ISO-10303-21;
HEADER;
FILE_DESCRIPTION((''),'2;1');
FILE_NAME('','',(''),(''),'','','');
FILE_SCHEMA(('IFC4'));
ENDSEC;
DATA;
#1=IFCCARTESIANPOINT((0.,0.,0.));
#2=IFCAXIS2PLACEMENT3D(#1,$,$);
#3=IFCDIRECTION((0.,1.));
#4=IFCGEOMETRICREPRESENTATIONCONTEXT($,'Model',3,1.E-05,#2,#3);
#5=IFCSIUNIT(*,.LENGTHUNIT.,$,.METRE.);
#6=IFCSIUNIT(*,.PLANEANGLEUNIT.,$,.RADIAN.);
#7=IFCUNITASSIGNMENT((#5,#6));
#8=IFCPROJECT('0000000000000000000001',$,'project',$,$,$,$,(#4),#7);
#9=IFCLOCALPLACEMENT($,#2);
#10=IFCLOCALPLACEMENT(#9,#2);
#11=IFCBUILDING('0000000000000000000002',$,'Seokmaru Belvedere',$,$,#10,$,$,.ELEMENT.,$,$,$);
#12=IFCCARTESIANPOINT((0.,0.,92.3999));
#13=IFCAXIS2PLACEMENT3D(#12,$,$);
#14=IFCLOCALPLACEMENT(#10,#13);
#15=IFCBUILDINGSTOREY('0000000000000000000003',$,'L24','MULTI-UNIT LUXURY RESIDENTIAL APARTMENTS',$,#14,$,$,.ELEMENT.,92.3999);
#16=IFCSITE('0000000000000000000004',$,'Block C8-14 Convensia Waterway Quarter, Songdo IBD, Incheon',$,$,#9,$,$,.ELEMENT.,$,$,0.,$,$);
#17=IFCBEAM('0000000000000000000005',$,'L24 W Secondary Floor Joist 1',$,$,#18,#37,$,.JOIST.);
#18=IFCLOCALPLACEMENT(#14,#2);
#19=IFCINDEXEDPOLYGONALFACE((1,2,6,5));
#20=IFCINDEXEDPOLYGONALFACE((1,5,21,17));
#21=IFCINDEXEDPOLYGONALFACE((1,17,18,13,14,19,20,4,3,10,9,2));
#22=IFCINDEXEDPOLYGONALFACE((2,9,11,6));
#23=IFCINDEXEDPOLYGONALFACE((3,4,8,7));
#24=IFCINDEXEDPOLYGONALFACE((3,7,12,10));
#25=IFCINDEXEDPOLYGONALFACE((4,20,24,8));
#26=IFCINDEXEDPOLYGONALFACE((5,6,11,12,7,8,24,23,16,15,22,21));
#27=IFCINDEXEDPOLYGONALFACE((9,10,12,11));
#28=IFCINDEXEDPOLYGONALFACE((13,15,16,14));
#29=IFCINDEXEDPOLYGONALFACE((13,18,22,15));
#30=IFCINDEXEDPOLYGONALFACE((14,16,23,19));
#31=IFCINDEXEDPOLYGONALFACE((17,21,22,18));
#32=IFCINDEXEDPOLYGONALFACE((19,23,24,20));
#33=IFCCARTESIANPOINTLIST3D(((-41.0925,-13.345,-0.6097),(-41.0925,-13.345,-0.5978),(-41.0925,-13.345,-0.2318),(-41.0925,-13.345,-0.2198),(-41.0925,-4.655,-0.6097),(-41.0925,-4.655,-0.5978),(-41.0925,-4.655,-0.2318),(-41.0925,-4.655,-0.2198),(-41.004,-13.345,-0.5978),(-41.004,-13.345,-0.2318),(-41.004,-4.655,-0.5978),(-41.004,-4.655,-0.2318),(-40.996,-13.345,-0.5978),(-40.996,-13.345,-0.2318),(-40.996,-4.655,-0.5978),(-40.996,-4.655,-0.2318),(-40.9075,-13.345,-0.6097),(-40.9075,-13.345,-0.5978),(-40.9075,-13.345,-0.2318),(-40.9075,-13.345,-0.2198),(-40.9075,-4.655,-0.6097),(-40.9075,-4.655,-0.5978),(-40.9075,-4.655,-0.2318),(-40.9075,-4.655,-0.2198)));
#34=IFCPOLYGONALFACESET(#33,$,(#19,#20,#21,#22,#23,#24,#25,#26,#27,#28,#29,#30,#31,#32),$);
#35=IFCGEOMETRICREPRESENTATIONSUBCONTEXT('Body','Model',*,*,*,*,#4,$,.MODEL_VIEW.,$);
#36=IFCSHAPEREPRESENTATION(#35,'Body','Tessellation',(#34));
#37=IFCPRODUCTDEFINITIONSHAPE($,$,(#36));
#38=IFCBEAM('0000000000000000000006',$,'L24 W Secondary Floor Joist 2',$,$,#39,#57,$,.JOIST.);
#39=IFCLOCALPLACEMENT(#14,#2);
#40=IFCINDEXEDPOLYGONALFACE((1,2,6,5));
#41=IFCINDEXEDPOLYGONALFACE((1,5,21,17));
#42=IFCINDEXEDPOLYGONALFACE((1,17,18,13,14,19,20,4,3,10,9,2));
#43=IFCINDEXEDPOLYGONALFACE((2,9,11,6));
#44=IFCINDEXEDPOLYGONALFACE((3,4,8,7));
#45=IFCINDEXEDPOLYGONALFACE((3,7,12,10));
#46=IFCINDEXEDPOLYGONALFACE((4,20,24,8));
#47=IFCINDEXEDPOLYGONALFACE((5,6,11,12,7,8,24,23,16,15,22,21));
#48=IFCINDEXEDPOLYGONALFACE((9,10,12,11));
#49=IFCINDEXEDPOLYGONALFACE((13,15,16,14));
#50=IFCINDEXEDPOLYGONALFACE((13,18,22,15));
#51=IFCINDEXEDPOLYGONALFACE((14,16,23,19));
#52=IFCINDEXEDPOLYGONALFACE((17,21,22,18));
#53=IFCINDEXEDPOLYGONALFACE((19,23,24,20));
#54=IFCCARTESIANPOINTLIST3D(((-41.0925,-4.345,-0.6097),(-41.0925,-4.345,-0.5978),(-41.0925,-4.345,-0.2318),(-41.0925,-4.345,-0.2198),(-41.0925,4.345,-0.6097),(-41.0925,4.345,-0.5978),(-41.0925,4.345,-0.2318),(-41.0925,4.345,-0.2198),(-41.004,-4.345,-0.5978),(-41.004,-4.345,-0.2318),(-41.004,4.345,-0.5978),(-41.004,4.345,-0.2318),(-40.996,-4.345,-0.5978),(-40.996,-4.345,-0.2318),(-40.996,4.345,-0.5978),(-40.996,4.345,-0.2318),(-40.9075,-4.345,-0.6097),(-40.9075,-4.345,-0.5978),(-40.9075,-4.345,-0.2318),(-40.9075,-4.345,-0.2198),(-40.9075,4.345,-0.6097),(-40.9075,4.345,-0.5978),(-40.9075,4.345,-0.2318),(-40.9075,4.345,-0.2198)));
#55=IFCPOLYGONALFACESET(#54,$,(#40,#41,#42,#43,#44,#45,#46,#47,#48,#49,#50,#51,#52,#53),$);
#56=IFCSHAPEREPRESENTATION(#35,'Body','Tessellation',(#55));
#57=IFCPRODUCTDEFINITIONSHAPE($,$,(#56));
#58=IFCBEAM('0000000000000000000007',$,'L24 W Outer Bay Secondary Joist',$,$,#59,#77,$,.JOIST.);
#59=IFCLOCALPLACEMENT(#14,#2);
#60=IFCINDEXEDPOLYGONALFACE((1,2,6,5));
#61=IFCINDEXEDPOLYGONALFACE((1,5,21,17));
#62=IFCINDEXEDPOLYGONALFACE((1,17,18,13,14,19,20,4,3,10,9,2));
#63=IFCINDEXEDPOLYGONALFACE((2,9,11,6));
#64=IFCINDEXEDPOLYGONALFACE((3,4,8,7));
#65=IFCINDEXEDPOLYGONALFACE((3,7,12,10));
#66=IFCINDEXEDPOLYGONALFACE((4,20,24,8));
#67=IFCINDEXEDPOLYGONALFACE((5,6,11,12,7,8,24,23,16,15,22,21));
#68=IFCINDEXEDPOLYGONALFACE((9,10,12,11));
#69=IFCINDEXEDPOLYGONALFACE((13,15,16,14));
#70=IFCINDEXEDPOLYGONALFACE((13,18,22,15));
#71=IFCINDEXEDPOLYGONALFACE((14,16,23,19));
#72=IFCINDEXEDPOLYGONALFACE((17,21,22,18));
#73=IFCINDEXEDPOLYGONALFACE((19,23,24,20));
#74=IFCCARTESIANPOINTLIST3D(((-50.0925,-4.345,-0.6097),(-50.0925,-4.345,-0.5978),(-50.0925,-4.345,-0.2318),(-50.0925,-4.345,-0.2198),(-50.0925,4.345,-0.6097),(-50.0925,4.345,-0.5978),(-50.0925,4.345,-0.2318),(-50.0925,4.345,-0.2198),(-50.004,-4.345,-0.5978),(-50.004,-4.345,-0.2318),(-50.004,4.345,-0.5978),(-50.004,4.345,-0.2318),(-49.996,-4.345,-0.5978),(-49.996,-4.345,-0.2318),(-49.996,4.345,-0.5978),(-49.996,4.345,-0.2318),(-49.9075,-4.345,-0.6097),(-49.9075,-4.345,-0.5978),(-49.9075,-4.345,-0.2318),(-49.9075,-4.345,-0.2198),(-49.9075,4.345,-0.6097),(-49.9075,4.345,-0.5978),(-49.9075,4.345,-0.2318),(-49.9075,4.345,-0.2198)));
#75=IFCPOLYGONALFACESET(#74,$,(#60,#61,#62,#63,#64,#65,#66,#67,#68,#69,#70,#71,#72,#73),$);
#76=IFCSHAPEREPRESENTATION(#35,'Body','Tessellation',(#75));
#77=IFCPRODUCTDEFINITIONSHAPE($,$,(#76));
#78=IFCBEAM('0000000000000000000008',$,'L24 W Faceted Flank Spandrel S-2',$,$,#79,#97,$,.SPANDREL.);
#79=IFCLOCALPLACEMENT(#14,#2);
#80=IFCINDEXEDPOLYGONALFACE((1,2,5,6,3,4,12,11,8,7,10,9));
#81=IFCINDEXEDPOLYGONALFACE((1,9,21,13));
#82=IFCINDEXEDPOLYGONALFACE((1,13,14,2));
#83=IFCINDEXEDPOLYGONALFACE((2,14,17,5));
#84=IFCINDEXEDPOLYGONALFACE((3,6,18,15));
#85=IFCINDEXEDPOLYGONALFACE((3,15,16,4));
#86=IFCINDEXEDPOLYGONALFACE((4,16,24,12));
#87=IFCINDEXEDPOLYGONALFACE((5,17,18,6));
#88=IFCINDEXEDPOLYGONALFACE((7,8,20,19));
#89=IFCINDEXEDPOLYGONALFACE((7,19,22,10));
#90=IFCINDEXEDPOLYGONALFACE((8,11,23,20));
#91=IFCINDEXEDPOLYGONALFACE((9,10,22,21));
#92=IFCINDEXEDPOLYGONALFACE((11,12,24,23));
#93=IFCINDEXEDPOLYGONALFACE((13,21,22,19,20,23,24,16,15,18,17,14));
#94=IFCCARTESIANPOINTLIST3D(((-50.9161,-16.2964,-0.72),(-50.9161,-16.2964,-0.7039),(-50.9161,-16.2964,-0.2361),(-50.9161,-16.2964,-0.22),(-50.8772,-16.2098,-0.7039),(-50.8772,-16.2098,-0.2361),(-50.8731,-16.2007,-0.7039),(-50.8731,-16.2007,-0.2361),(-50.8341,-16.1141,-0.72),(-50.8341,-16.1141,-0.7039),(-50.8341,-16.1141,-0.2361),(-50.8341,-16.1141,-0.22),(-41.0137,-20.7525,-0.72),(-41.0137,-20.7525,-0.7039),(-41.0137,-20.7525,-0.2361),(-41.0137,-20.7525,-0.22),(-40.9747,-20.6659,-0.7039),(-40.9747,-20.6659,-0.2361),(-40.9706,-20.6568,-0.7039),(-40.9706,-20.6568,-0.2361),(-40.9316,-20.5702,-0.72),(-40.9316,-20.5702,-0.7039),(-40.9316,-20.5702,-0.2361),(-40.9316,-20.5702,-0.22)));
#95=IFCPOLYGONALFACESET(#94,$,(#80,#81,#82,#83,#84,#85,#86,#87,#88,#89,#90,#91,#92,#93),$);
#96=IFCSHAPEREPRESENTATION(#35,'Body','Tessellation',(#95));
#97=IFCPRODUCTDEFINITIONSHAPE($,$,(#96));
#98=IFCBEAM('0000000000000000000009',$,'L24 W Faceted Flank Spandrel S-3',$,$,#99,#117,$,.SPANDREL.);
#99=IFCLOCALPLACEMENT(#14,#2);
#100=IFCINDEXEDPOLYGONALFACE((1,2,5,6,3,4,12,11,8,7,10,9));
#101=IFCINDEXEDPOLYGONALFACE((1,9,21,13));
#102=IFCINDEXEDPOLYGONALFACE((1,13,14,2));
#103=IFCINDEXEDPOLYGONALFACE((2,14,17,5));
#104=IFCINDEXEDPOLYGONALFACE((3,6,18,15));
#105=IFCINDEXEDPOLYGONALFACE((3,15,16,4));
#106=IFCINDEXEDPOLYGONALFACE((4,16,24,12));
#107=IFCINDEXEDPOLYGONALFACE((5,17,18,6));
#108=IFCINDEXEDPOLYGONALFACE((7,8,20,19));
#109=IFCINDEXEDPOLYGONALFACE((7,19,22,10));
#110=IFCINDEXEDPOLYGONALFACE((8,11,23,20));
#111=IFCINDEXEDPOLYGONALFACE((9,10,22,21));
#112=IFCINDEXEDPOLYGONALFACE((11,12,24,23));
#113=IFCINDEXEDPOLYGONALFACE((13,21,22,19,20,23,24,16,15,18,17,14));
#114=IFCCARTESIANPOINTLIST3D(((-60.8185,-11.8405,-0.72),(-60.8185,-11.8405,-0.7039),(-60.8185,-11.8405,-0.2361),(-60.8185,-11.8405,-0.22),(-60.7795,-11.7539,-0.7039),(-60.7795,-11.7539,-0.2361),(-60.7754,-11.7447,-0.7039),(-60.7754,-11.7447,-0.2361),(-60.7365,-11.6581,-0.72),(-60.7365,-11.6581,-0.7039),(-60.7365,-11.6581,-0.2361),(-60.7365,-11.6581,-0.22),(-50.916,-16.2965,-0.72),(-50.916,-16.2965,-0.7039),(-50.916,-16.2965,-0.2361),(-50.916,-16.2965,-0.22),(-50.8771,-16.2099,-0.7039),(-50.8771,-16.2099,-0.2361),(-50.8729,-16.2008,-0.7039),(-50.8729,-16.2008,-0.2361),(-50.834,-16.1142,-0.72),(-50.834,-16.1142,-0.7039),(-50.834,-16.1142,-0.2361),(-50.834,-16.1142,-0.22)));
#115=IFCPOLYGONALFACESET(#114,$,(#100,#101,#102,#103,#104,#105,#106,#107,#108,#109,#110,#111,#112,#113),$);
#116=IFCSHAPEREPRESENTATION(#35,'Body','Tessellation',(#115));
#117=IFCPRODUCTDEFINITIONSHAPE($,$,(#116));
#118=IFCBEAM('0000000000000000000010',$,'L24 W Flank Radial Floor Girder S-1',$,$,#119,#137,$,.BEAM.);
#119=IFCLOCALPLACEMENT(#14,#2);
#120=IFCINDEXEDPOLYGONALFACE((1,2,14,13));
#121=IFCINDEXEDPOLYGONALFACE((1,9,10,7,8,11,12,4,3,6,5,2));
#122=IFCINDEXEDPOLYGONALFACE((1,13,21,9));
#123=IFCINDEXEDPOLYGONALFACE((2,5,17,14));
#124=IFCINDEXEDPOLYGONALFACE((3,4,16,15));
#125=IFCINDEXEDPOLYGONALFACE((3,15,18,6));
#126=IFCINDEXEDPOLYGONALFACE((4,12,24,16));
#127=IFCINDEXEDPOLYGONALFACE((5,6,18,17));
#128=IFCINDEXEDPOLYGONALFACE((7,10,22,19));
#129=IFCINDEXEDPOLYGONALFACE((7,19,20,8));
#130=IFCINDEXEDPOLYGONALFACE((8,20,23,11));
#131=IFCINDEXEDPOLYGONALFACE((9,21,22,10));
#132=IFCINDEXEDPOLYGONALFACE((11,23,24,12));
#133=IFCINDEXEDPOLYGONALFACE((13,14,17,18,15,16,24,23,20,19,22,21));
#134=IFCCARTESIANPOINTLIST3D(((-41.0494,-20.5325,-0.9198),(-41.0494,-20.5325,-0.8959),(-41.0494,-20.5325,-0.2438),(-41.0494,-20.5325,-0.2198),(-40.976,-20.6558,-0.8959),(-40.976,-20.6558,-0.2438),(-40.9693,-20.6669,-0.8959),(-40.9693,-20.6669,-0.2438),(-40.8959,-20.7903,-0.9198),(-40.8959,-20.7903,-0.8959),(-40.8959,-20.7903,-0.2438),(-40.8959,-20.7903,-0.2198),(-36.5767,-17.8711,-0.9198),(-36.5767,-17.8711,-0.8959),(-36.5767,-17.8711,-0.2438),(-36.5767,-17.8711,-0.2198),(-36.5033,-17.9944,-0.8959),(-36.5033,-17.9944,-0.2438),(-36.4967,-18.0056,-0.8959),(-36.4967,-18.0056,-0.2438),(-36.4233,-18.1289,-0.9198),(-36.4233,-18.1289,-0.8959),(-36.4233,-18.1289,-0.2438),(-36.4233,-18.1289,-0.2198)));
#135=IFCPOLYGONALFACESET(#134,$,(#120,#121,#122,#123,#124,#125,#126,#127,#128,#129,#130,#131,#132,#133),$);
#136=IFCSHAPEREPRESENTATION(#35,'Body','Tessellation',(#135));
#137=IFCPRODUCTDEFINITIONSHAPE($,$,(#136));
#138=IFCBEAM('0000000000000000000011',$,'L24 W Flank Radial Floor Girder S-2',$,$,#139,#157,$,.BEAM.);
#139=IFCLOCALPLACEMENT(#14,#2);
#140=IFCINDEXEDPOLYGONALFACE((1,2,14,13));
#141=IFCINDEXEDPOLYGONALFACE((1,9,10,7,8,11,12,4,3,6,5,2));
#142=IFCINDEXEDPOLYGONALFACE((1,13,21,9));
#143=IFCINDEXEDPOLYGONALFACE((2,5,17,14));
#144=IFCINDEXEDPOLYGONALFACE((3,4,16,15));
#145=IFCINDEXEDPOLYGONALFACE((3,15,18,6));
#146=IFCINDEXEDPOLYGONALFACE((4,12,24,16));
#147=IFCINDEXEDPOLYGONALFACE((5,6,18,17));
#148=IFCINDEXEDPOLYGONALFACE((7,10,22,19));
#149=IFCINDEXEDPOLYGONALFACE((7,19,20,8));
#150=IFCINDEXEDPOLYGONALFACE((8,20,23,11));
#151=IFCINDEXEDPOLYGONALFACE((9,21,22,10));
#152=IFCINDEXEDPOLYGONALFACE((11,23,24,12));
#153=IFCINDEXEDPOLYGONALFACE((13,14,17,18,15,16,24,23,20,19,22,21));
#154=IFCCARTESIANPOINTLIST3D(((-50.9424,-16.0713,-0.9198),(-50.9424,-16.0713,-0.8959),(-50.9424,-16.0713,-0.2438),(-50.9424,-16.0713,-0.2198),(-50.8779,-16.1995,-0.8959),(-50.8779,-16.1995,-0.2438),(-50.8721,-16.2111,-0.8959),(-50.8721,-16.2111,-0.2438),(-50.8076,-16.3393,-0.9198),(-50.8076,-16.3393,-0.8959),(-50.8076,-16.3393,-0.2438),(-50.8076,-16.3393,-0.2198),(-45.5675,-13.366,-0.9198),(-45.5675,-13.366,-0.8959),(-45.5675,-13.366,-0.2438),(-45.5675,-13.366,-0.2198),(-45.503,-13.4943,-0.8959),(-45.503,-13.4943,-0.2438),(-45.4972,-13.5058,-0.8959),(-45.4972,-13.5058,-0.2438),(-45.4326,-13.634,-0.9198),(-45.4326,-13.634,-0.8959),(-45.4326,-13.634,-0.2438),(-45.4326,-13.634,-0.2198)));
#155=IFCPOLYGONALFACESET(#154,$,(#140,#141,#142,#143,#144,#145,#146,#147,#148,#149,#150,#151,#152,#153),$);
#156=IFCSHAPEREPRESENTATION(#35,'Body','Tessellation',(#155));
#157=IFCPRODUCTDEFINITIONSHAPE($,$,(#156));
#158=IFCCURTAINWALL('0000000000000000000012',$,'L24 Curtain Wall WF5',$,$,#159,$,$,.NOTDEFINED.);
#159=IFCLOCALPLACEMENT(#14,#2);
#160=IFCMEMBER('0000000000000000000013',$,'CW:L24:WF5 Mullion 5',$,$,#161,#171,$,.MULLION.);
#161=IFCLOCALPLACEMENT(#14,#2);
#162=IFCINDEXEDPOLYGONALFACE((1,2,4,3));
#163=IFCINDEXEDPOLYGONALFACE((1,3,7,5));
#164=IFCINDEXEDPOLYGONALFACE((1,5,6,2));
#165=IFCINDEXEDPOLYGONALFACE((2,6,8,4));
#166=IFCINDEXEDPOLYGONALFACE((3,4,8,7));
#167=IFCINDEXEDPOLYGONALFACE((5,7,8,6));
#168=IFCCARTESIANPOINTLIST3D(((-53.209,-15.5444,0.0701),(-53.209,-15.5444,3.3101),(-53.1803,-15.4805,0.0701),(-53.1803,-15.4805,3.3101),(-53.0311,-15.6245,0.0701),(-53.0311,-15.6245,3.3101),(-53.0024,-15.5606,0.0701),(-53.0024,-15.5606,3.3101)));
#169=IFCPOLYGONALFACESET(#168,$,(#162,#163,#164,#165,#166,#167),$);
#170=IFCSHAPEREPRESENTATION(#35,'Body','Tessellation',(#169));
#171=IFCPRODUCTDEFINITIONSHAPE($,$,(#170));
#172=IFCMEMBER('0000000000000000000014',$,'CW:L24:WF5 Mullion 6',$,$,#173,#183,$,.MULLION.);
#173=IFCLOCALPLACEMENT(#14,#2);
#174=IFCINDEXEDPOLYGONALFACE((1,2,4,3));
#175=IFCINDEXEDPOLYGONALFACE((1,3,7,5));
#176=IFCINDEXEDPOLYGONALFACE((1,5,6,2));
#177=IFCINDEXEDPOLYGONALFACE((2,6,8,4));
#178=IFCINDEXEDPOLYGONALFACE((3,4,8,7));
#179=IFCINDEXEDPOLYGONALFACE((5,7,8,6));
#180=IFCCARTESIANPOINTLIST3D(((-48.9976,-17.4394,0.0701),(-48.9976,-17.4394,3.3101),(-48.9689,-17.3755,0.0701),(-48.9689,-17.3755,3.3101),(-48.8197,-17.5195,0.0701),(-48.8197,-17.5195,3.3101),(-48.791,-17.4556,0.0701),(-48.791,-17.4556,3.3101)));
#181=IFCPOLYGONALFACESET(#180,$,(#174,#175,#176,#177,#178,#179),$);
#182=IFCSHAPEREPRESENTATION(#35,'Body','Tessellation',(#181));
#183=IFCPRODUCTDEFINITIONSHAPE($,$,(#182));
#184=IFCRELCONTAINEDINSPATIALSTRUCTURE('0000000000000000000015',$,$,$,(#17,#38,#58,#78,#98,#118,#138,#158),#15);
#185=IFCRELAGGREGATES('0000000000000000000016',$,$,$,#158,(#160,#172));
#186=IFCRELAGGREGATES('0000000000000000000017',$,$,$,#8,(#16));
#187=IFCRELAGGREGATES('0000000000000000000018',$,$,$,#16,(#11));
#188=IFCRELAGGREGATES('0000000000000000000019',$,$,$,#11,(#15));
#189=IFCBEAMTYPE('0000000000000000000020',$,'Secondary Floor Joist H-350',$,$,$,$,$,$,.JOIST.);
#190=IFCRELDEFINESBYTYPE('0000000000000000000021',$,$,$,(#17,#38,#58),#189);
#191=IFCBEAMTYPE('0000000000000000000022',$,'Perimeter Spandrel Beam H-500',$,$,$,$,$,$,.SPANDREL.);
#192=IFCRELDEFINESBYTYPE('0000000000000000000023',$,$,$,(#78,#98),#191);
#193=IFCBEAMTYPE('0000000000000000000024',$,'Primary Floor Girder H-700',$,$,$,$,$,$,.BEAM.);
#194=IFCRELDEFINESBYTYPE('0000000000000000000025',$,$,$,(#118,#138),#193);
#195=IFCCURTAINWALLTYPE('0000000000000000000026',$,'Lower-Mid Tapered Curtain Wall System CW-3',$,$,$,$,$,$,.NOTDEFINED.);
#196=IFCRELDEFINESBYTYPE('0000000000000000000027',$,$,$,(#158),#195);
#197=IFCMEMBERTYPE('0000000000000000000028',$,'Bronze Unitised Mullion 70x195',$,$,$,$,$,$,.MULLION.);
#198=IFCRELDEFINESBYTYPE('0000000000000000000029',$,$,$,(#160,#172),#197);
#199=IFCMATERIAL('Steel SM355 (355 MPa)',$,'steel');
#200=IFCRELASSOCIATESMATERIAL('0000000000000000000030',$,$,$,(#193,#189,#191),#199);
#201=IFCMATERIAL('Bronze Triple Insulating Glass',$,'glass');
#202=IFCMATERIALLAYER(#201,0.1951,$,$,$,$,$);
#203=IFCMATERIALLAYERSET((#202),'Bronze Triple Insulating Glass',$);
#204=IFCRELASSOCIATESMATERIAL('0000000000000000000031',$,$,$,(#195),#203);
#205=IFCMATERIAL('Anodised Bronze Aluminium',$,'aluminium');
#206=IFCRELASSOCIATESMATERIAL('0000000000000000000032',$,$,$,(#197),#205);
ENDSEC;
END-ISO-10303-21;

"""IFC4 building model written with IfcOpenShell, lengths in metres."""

from ifc_helpers import new_model, si_unit, direction, frame, origin, origin_2d, place, context, subcontext, project, spatial, rectangle, i_section, extrude, source, transform, mapped, material, layer, layer_set, material_profile, profile_set, type_object, type_shapes, element, aggregate, save


model = new_model("IFC4")

# Units and contexts
model_context = context("Model", 3, precision=1e-05, world=origin(), true_north=direction((0.0, 1.0)))
body_context = subcontext(model_context, "Body", "Model", "MODEL_VIEW")
ifc_project = project(units=[si_unit("LENGTHUNIT", "METRE"), si_unit("PLANEANGLEUNIT", "RADIAN")], contexts=[model_context])

# Site, building, storey
site_placement = place(None, origin())
site = spatial("IfcSite", under=ifc_project, at=site_placement, Name="Block C8-14 Convensia Waterway Quarter, Songdo IBD, Incheon", CompositionType="ELEMENT", RefElevation=0.0)
building_placement = place(site_placement, origin())
building = spatial("IfcBuilding", under=site, at=building_placement, Name="Seokmaru Belvedere", CompositionType="ELEMENT")
storey_placement = place(building_placement, frame((0.0, 0.0, 92.3999)))
storey = spatial("IfcBuildingStorey", under=building, at=storey_placement, Name="L24", Description="MULTI-UNIT LUXURY RESIDENTIAL APARTMENTS", CompositionType="ELEMENT", Elevation=92.3999)

# Shared definitions
ifc_material_1 = material(Name="Steel SM355 (355 MPa)", Category="steel")

# Beams
ifc_material_profile_1 = material_profile(ifc_material_1, i_section(OverallWidth=0.3, OverallDepth=0.7, WebThickness=0.0129, FlangeThickness=0.0239, at=origin_2d()), Name="H-700x300x13x24")
ifc_profile_set_1 = profile_set([ifc_material_profile_1], Name="Steel SM355 (355 MPa)")
beam_type_1 = type_object("IfcBeamType", Name="Primary Floor Girder H-700", PredefinedType="BEAM", material=ifc_profile_set_1)
ifc_material_profile_2 = material_profile(ifc_material_1, i_section(OverallWidth=0.1851, OverallDepth=0.3899, WebThickness=0.0081, FlangeThickness=0.012, at=origin_2d()), Name="H-390x185x8x12")
ifc_profile_set_2 = profile_set([ifc_material_profile_2], Name="Steel SM355 (355 MPa)")
beam_type_2 = type_object("IfcBeamType", Name="Secondary Floor Joist H-350", PredefinedType="JOIST", material=ifc_profile_set_2)
shared_shape_1 = source(origin(), body_context, "Body", "SweptSolid", [
    extrude(i_section(OverallWidth=0.1851, OverallDepth=0.3899, WebThickness=0.0081, FlangeThickness=0.012, at=origin_2d()), origin(), (0.0, 0.0, 1.0), 8.6899),
])
type_shapes(beam_type_2, [shared_shape_1])
for number, where, z_axis, x_axis, name in (
    (1, (-41.0, -13.345, -0.4148), (0.0, 1.0, 0.0), (-1.0, 0.0, 0.0), "L24 W Secondary Floor Joist 1"),
    (2, (-41.0, -4.345, -0.4148), (0.0, 1.0, 0.0), (-1.0, 0.0, 0.0), "L24 W Secondary Floor Joist 2"),
    (3, (-50.0, -4.345, -0.4148), (0.0, 1.0, 0.0), (-1.0, 0.0, 0.0), "L24 W Outer Bay Secondary Joist"),
):
    element("IfcBeam", number, at=place(storey_placement, frame(where, z_axis=z_axis, x_axis=x_axis)), inside=storey, type_object=beam_type_2, Name=name, PredefinedType="JOIST", context=body_context, shape_type="MappedRepresentation", body=[
        mapped(shared_shape_1, transform((0.0, 0.0, 0.0), scale=1.0)),
    ])
ifc_material_profile_3 = material_profile(ifc_material_1, i_section(OverallWidth=0.2, OverallDepth=0.5, WebThickness=0.01, FlangeThickness=0.0161, at=origin_2d()), Name="H-500x200x10x16")
ifc_profile_set_3 = profile_set([ifc_material_profile_3], Name="Steel SM355 (355 MPa)")
beam_type_3 = type_object("IfcBeamType", Name="Perimeter Spandrel Beam H-500", PredefinedType="SPANDREL", material=ifc_profile_set_3)
shared_shape_2 = source(origin(), body_context, "Body", "SweptSolid", [
    extrude(i_section(OverallWidth=0.2, OverallDepth=0.5, WebThickness=0.01, FlangeThickness=0.0161, at=origin_2d()), origin(), (0.0, 0.0, 1.0), 10.8589),
])
type_shapes(beam_type_3, [shared_shape_2])
for number, where, z_axis, x_axis, name in (
    (4, (-40.9727, -20.6614, -0.47), (-0.911922, 0.410365, 0.0), (-0.410365, -0.911922, 0.0), "L24 W Faceted Flank Spandrel S-2"),
    (5, (-50.875, -16.2053, -0.47), (-0.911925, 0.410356, 0.0), (-0.410356, -0.911925, 0.0), "L24 W Faceted Flank Spandrel S-3"),
):
    element("IfcBeam", number, at=place(storey_placement, frame(where, z_axis=z_axis, x_axis=x_axis)), inside=storey, type_object=beam_type_3, Name=name, PredefinedType="SPANDREL", context=body_context, shape_type="MappedRepresentation", body=[
        mapped(shared_shape_2, transform((0.0, 0.0, 0.0), scale=1.0)),
    ])
shared_shape_3 = source(origin(), body_context, "Body", "SweptSolid", [
    extrude(i_section(OverallWidth=0.3, OverallDepth=0.7, WebThickness=0.0129, FlangeThickness=0.0239, at=origin_2d()), origin(), (0.0, 0.0, 1.0), 5.2046),
])
beam_1_placement = place(storey_placement, frame((-40.9727, -20.6614, -0.5698), z_axis=(0.85937, 0.511354, 0.0), x_axis=(-0.511354, 0.85937, 0.0)))
element("IfcBeam", 6, at=beam_1_placement, inside=storey, type_object=beam_type_1, Name="L24 W Flank Radial Floor Girder S-1", PredefinedType="BEAM", context=body_context, shape_type="MappedRepresentation", body=[
    mapped(shared_shape_3, transform((0.0, 0.0, 0.0), scale=1.0)),
])
shared_shape_4 = source(origin(), body_context, "Body", "SweptSolid", [
    extrude(i_section(OverallWidth=0.3, OverallDepth=0.7, WebThickness=0.0129, FlangeThickness=0.0239, at=origin_2d()), origin(), (0.0, 0.0, 1.0), 6.0173),
])
beam_2_placement = place(storey_placement, frame((-50.875, -16.2053, -0.5698), z_axis=(0.893239, 0.449581, 0.0), x_axis=(-0.449581, 0.893239, 0.0)))
element("IfcBeam", 7, at=beam_2_placement, inside=storey, type_object=beam_type_1, Name="L24 W Flank Radial Floor Girder S-2", PredefinedType="BEAM", context=body_context, shape_type="MappedRepresentation", body=[
    mapped(shared_shape_4, transform((0.0, 0.0, 0.0), scale=1.0)),
])

# Curtain wall, members
ifc_material_2 = material(Name="Bronze Triple Insulating Glass", Category="glass")
ifc_layer_1 = layer(ifc_material_2, 0.1951)
ifc_layer_set_1 = layer_set([ifc_layer_1], Name="Bronze Triple Insulating Glass")
curtain_wall_type = type_object("IfcCurtainWallType", Name="Lower-Mid Tapered Curtain Wall System CW-3", PredefinedType="NOTDEFINED", material=ifc_layer_set_1)
curtain_wall_placement = place(storey_placement, origin())
curtain_wall = element("IfcCurtainWall", 8, at=curtain_wall_placement, inside=storey, type_object=curtain_wall_type, Name="L24 Curtain Wall WF5", PredefinedType="NOTDEFINED")
ifc_material_3 = material(Name="Anodised Bronze Aluminium", Category="aluminium")
ifc_material_profile_4 = material_profile(ifc_material_3, rectangle(XDim=0.0701, YDim=0.1951, at=origin_2d()), Name="CW-M-70x195")
ifc_profile_set_4 = profile_set([ifc_material_profile_4], Name="Anodised Bronze Aluminium")
member_type = type_object("IfcMemberType", Name="Bronze Unitised Mullion 70x195", PredefinedType="MULLION", material=ifc_profile_set_4)
shared_shape_5 = source(origin(), body_context, "Body", "SweptSolid", [
    extrude(rectangle(XDim=0.0701, YDim=0.1951, at=origin_2d()), origin(), (0.0, 0.0, 1.0), 3.24),
])
type_shapes(member_type, [shared_shape_5])
member_1_placement = place(storey_placement, frame((-53.1057, -15.5525, 0.0701), z_axis=(0.0, 0.0, 1.0), x_axis=(0.410366, 0.911921, 0.0)))
member_1 = element("IfcMember", 9, at=member_1_placement, type_object=member_type, Name="CW:L24:WF5 Mullion 5", PredefinedType="MULLION", context=body_context, shape_type="MappedRepresentation", body=[
    mapped(shared_shape_5, transform((0.0, 0.0, 0.0), scale=1.0)),
])
member_2_placement = place(storey_placement, frame((-48.8943, -17.4475, 0.0701), z_axis=(0.0, 0.0, 1.0), x_axis=(0.410366, 0.911921, 0.0)))
member_2 = element("IfcMember", 10, at=member_2_placement, type_object=member_type, Name="CW:L24:WF5 Mullion 6", PredefinedType="MULLION", context=body_context, shape_type="MappedRepresentation", body=[
    mapped(shared_shape_5, transform((0.0, 0.0, 0.0), scale=1.0)),
])
aggregate(curtain_wall, [member_1, member_2])

save(model, "model.ifc")
